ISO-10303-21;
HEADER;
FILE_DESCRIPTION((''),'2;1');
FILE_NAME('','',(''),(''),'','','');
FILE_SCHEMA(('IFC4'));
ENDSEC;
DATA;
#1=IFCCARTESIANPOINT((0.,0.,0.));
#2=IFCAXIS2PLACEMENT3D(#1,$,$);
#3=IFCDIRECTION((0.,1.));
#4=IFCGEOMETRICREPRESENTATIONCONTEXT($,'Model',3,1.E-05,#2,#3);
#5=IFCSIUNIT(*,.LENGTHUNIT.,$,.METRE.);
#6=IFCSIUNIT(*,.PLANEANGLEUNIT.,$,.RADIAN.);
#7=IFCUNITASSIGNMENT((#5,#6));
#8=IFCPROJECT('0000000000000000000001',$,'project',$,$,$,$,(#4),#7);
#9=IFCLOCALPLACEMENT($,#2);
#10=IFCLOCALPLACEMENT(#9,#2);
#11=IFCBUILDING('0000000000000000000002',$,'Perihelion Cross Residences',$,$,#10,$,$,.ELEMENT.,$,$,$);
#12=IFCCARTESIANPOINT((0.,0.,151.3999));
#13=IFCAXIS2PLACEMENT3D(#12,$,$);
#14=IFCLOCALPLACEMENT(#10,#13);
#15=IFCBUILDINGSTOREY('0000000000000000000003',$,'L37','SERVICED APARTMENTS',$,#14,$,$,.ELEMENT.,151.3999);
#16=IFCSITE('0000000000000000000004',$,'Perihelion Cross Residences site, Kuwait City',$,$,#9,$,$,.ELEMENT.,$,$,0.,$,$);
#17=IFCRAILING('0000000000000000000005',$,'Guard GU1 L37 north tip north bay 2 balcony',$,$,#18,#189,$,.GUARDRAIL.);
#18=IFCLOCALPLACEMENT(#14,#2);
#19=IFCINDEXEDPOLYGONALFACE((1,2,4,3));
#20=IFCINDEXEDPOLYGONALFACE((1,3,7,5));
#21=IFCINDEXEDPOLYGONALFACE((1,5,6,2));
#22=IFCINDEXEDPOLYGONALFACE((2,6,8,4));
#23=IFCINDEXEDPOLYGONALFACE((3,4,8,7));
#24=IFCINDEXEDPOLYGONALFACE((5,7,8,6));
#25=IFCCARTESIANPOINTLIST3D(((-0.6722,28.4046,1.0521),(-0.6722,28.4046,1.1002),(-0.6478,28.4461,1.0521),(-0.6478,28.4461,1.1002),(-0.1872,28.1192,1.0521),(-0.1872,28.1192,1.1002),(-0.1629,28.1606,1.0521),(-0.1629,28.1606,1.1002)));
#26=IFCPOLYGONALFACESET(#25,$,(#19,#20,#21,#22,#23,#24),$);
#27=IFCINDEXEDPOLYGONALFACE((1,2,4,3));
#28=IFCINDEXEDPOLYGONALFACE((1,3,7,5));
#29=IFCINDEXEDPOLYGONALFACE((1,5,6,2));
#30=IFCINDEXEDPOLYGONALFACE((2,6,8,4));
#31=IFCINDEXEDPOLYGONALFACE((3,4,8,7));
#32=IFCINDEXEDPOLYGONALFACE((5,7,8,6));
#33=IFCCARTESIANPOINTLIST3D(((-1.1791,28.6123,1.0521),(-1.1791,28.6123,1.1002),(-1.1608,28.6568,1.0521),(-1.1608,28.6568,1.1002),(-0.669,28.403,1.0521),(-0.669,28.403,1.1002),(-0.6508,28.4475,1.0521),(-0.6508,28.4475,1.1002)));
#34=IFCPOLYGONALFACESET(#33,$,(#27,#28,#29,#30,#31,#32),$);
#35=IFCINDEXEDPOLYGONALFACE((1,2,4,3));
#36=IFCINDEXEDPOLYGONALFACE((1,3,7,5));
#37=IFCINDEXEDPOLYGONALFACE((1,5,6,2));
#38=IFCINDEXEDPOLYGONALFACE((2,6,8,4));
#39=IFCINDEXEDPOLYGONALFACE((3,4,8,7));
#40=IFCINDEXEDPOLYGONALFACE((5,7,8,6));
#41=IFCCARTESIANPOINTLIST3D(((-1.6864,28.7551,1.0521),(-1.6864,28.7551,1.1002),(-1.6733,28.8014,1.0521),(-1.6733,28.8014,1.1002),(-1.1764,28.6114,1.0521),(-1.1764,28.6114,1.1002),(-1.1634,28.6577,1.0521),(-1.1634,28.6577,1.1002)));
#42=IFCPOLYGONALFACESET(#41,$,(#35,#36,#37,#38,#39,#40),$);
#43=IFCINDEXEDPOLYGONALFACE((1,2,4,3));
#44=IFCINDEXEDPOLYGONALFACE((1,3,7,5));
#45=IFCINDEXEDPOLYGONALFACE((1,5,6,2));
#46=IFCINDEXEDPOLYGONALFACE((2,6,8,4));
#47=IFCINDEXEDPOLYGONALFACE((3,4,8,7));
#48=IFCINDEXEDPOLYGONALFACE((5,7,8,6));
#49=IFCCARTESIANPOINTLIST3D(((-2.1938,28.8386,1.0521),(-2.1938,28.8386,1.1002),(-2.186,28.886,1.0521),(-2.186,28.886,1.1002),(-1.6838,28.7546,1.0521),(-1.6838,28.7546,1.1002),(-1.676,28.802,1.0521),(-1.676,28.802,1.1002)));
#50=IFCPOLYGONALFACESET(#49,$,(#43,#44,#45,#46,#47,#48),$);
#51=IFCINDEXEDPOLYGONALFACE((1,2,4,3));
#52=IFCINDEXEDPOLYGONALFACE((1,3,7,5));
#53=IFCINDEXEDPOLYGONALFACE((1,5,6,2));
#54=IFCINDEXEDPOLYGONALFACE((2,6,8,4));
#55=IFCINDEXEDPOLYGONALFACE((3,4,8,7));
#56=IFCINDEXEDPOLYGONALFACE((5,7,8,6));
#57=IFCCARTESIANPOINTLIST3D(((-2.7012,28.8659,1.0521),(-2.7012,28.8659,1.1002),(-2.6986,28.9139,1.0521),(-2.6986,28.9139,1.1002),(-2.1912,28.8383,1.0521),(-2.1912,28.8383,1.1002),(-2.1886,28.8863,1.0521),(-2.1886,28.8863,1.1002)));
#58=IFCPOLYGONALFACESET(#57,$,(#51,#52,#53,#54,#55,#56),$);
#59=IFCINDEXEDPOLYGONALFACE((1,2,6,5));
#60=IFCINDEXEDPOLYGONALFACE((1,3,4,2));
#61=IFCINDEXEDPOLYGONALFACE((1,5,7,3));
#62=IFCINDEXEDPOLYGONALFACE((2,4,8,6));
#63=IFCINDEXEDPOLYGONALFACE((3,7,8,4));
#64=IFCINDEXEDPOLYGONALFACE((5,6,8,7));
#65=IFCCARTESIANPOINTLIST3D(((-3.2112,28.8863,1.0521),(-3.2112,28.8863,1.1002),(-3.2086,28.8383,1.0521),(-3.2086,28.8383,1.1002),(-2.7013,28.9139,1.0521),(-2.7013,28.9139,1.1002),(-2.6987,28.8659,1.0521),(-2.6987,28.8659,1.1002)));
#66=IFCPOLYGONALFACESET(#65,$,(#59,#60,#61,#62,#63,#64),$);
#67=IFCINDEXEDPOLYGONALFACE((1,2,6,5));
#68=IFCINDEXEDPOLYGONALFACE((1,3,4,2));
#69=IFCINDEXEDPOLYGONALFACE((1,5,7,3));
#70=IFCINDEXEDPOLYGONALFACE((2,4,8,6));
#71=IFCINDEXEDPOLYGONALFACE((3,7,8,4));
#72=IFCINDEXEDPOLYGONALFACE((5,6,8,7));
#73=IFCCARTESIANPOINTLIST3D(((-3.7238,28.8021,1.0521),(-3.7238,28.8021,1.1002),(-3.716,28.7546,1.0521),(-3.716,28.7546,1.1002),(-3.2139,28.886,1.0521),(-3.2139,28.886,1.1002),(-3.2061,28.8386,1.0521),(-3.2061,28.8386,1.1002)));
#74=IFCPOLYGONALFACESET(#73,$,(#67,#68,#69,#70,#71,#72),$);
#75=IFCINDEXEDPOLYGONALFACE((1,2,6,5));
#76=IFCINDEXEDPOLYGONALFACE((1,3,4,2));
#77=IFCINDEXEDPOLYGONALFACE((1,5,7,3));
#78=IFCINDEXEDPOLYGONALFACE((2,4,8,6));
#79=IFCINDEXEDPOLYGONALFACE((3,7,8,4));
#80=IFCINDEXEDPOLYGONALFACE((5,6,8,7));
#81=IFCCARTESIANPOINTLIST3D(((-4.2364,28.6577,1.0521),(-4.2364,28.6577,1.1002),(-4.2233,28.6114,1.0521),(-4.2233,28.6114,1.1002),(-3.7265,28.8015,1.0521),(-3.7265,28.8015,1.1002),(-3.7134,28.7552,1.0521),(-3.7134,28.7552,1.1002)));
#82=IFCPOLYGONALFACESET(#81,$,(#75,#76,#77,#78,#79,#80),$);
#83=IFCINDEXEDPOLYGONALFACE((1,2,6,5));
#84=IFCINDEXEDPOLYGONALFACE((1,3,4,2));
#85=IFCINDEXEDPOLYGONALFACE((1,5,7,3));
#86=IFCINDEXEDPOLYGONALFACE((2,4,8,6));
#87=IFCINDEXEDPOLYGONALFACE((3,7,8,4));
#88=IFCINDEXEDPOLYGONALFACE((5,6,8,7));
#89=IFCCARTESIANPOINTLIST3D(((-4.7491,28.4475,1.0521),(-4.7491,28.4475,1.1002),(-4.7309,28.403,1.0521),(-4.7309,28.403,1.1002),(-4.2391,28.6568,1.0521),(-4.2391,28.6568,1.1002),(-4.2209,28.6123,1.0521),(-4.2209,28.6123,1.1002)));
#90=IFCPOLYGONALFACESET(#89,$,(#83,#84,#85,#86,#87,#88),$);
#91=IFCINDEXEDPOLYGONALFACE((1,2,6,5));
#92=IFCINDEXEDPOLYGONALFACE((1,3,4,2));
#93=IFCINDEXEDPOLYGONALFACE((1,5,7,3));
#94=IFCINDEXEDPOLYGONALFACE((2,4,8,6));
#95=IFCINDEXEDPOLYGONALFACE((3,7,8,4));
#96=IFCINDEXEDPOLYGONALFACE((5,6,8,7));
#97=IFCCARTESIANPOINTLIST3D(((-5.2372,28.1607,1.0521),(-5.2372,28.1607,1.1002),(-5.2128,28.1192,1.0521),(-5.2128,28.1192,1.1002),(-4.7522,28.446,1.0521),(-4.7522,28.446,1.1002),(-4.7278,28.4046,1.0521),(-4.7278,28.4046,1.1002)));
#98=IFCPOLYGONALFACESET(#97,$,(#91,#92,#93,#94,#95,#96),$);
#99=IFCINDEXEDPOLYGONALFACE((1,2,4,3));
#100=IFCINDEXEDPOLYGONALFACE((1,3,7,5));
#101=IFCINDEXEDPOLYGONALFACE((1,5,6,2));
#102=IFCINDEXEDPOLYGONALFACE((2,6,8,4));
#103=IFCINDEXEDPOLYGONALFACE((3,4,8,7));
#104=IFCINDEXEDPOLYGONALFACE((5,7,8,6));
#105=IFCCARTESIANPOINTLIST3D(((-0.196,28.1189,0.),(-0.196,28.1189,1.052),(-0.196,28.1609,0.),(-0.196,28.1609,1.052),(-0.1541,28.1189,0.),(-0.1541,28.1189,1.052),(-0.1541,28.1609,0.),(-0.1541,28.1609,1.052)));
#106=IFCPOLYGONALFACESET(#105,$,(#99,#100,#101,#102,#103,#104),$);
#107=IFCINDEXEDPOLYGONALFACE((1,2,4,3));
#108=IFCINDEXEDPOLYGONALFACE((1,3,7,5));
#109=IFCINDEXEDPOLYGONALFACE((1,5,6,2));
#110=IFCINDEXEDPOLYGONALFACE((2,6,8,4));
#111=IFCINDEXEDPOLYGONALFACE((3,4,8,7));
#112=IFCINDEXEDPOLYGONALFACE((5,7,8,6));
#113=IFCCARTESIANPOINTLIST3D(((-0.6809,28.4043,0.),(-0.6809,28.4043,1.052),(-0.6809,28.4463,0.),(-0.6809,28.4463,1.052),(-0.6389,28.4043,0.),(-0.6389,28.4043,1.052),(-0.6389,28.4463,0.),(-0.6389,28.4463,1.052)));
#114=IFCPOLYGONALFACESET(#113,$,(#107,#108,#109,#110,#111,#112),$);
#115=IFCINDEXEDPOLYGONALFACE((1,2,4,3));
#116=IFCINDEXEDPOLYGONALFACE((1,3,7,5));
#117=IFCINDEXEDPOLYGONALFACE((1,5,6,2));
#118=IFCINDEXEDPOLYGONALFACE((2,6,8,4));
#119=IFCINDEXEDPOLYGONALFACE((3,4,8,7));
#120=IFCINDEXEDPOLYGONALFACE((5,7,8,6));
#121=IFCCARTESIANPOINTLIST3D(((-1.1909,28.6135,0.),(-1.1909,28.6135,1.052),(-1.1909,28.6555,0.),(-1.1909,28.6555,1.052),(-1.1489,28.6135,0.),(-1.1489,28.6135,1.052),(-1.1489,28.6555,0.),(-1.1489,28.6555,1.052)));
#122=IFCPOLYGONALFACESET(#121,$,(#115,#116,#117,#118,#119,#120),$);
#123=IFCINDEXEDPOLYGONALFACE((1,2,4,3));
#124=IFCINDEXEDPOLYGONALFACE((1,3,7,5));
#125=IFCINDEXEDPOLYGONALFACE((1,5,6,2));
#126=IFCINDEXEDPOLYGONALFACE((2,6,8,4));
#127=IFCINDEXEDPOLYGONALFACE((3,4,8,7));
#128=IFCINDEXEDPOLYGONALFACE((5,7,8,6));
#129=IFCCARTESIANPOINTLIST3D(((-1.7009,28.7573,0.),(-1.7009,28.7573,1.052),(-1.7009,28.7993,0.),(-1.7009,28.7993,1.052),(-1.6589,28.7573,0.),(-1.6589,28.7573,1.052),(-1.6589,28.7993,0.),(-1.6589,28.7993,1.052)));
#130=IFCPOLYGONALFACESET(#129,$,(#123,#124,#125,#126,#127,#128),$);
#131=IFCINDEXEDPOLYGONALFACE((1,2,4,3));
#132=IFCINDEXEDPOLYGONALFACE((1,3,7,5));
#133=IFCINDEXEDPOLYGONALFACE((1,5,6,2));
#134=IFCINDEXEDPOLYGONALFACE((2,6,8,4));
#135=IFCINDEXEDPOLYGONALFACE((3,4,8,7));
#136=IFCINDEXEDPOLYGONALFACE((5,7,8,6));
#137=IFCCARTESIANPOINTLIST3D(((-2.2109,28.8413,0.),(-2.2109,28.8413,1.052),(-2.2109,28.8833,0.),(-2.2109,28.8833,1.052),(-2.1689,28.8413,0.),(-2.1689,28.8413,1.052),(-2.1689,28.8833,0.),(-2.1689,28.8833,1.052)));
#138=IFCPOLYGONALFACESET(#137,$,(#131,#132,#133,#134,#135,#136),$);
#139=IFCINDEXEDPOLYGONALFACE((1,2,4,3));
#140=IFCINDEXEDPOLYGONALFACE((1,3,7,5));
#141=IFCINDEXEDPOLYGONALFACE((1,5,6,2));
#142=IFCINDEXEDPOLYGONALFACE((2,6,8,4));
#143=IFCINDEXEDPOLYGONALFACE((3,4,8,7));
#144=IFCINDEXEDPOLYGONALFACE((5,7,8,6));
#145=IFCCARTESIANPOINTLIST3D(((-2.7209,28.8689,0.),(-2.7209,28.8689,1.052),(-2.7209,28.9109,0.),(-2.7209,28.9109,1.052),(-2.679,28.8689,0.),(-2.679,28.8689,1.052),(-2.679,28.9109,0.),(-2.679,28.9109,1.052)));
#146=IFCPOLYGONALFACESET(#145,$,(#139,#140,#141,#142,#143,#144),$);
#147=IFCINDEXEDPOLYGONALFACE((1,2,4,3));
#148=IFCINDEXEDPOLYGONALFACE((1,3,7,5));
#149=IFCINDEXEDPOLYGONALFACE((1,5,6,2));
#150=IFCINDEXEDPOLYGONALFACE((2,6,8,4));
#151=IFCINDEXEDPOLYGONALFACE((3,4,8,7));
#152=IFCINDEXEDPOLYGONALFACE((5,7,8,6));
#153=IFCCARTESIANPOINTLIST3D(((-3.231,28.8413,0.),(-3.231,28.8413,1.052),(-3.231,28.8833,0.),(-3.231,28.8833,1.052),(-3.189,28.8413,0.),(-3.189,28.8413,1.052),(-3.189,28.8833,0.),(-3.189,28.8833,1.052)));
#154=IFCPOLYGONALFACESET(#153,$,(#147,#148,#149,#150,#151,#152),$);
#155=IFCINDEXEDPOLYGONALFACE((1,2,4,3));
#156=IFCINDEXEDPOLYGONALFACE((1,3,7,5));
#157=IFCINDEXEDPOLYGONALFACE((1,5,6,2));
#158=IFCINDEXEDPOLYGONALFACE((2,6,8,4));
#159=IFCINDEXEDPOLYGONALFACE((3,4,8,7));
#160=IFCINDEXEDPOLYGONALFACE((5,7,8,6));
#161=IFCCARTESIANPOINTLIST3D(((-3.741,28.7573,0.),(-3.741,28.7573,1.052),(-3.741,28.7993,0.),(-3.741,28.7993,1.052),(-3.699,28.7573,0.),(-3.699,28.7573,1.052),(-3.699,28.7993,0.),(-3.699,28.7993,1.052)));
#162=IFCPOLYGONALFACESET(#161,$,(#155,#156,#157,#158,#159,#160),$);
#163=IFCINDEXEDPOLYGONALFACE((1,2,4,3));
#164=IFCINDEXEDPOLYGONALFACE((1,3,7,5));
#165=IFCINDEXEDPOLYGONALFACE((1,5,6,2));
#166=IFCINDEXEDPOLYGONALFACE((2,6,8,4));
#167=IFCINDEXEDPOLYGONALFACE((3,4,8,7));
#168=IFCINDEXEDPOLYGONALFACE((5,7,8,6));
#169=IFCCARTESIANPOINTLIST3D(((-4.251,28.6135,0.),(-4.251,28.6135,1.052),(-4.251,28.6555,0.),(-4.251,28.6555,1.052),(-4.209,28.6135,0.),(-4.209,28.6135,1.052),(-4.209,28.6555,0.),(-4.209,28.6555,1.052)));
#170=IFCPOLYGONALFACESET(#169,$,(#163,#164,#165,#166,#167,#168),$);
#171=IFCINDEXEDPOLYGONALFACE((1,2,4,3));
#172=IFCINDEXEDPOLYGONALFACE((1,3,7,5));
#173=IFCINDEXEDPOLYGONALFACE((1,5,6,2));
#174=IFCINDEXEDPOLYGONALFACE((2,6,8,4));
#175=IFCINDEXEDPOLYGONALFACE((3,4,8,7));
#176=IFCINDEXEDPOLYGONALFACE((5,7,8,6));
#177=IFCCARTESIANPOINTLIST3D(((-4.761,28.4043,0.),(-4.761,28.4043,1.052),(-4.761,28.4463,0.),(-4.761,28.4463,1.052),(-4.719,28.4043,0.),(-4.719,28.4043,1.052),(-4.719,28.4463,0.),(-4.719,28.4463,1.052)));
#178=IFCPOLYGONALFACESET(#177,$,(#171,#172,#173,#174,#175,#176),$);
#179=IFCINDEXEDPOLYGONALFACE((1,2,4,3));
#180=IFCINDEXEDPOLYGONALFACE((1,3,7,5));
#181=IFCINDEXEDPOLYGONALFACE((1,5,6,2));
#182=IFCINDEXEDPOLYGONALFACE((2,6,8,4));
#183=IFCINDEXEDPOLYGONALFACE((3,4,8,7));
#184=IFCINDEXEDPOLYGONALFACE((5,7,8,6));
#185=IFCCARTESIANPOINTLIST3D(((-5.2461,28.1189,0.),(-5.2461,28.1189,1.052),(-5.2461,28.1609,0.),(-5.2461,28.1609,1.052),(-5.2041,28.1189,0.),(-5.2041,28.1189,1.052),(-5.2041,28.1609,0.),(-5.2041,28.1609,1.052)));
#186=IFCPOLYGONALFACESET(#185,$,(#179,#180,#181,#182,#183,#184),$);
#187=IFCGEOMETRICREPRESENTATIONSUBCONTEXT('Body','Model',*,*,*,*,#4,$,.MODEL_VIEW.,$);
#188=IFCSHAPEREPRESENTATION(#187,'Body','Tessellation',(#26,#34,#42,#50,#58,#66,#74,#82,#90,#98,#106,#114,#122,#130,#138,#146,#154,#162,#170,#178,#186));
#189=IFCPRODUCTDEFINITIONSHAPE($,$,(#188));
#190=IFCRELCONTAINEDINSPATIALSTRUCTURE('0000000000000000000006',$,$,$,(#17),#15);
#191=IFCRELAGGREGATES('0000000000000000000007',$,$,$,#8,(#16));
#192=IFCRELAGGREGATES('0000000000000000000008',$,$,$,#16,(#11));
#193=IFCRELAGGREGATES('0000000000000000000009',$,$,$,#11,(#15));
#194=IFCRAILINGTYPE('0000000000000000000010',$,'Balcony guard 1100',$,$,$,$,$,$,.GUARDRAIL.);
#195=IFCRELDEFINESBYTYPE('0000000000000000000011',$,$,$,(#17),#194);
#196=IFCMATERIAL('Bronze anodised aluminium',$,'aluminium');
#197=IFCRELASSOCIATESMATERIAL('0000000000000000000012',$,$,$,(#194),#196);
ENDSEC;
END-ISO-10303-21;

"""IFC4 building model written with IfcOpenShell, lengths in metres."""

from ifc_helpers import new_model, si_unit, direction, frame, origin, origin_2d, place, context, subcontext, project, spatial, rectangle, extrude, material, type_object, element, save


model = new_model("IFC4")

# Units and contexts
model_context = context("Model", 3, precision=1e-05, world=origin(), true_north=direction((0.0, 1.0)))
body_context = subcontext(model_context, "Body", "Model", "MODEL_VIEW")
ifc_project = project(units=[si_unit("LENGTHUNIT", "METRE"), si_unit("PLANEANGLEUNIT", "RADIAN")], contexts=[model_context])

# Site, building, storey
site_placement = place(None, origin())
site = spatial("IfcSite", under=ifc_project, at=site_placement, Name="Perihelion Cross Residences site, Kuwait City", CompositionType="ELEMENT", RefElevation=0.0)
building_placement = place(site_placement, origin())
building = spatial("IfcBuilding", under=site, at=building_placement, Name="Perihelion Cross Residences", CompositionType="ELEMENT")
storey_placement = place(building_placement, frame((0.0, 0.0, 151.3999)))
storey = spatial("IfcBuildingStorey", under=building, at=storey_placement, Name="L37", Description="SERVICED APARTMENTS", CompositionType="ELEMENT", Elevation=151.3999)

# Railing
ifc_material_1 = material(Name="Bronze anodised aluminium", Category="aluminium")
railing_type = type_object("IfcRailingType", Name="Balcony guard 1100", PredefinedType="GUARDRAIL", material=ifc_material_1)
railing_placement = place(storey_placement, frame((-0.175, 28.1399, 0.0)))
element("IfcRailing", 1, at=railing_placement, inside=storey, type_object=railing_type, Name="Guard GU1 L37 north tip north bay 2 balcony", PredefinedType="GUARDRAIL", context=body_context, shape_type="SweptSolid", body=[
    extrude(rectangle(XDim=0.0481, YDim=0.0481, at=origin_2d()), frame((0.0, 0.0, 1.0762), z_axis=(-0.861789, 0.507267, 0.0), x_axis=(-0.507267, -0.861789, 0.0)), (0.0, 0.0, 1.0), 0.5627),
    extrude(rectangle(XDim=0.0481, YDim=0.0481, at=origin_2d()), frame((-0.4849, 0.2854, 1.0762), z_axis=(-0.925173, 0.379547, 0.0), x_axis=(-0.379547, -0.925173, 0.0)), (0.0, 0.0, 1.0), 0.5513),
    extrude(rectangle(XDim=0.0481, YDim=0.0481, at=origin_2d()), frame((-0.9949, 0.4946, 1.0762), z_axis=(-0.962474, 0.271373, 0.0), x_axis=(-0.271373, -0.962474, 0.0)), (0.0, 0.0, 1.0), 0.5298),
    extrude(rectangle(XDim=0.0481, YDim=0.0481, at=origin_2d()), frame((-1.5049, 0.6384, 1.0762), z_axis=(-0.986711, 0.162484, 0.0), x_axis=(-0.162484, -0.986711, 0.0)), (0.0, 0.0, 1.0), 0.5168),
    extrude(rectangle(XDim=0.0481, YDim=0.0481, at=origin_2d()), frame((-2.0149, 0.7224, 1.0762), z_axis=(-0.99854, 0.054014, 0.0), x_axis=(-0.054014, -0.99854, 0.0)), (0.0, 0.0, 1.0), 0.5107),
    extrude(rectangle(XDim=0.0481, YDim=0.0481, at=origin_2d()), frame((-2.5249, 0.75, 1.0762), z_axis=(-0.99854, -0.054014, 0.0), x_axis=(0.054014, -0.99854, 0.0)), (0.0, 0.0, 1.0), 0.5107),
    extrude(rectangle(XDim=0.0481, YDim=0.0481, at=origin_2d()), frame((-3.0349, 0.7224, 1.0762), z_axis=(-0.986711, -0.162484, 0.0), x_axis=(0.162484, -0.986711, 0.0)), (0.0, 0.0, 1.0), 0.5168),
    extrude(rectangle(XDim=0.0481, YDim=0.0481, at=origin_2d()), frame((-3.5449, 0.6384, 1.0762), z_axis=(-0.962474, -0.271373, 0.0), x_axis=(0.271373, -0.962474, 0.0)), (0.0, 0.0, 1.0), 0.5298),
    extrude(rectangle(XDim=0.0481, YDim=0.0481, at=origin_2d()), frame((-4.0549, 0.4946, 1.0762), z_axis=(-0.925173, -0.379547, 0.0), x_axis=(0.379547, -0.925173, 0.0)), (0.0, 0.0, 1.0), 0.5513),
    extrude(rectangle(XDim=0.0481, YDim=0.0481, at=origin_2d()), frame((-4.5649, 0.2854, 1.0762), z_axis=(-0.861901, -0.507077, 0.0), x_axis=(0.507077, -0.861901, 0.0)), (0.0, 0.0, 1.0), 0.5627),
    extrude(rectangle(XDim=0.042, YDim=0.042, at=origin_2d()), origin(), (0.0, 0.0, 1.0), 1.052),
    extrude(rectangle(XDim=0.042, YDim=0.042, at=origin_2d()), frame((-0.4849, 0.2854, 0.0)), (0.0, 0.0, 1.0), 1.052),
    extrude(rectangle(XDim=0.042, YDim=0.042, at=origin_2d()), frame((-0.9949, 0.4946, 0.0)), (0.0, 0.0, 1.0), 1.052),
    extrude(rectangle(XDim=0.042, YDim=0.042, at=origin_2d()), frame((-1.5049, 0.6384, 0.0)), (0.0, 0.0, 1.0), 1.052),
    extrude(rectangle(XDim=0.042, YDim=0.042, at=origin_2d()), frame((-2.0149, 0.7224, 0.0)), (0.0, 0.0, 1.0), 1.052),
    extrude(rectangle(XDim=0.042, YDim=0.042, at=origin_2d()), frame((-2.5249, 0.75, 0.0)), (0.0, 0.0, 1.0), 1.052),
    extrude(rectangle(XDim=0.042, YDim=0.042, at=origin_2d()), frame((-3.0349, 0.7224, 0.0)), (0.0, 0.0, 1.0), 1.052),
    extrude(rectangle(XDim=0.042, YDim=0.042, at=origin_2d()), frame((-3.5449, 0.6384, 0.0)), (0.0, 0.0, 1.0), 1.052),
    extrude(rectangle(XDim=0.042, YDim=0.042, at=origin_2d()), frame((-4.0549, 0.4946, 0.0)), (0.0, 0.0, 1.0), 1.052),
    extrude(rectangle(XDim=0.042, YDim=0.042, at=origin_2d()), frame((-4.5649, 0.2854, 0.0)), (0.0, 0.0, 1.0), 1.052),
    extrude(rectangle(XDim=0.042, YDim=0.042, at=origin_2d()), frame((-5.05, 0.0, 0.0)), (0.0, 0.0, 1.0), 1.052),
])

save(model, "model.ifc")
